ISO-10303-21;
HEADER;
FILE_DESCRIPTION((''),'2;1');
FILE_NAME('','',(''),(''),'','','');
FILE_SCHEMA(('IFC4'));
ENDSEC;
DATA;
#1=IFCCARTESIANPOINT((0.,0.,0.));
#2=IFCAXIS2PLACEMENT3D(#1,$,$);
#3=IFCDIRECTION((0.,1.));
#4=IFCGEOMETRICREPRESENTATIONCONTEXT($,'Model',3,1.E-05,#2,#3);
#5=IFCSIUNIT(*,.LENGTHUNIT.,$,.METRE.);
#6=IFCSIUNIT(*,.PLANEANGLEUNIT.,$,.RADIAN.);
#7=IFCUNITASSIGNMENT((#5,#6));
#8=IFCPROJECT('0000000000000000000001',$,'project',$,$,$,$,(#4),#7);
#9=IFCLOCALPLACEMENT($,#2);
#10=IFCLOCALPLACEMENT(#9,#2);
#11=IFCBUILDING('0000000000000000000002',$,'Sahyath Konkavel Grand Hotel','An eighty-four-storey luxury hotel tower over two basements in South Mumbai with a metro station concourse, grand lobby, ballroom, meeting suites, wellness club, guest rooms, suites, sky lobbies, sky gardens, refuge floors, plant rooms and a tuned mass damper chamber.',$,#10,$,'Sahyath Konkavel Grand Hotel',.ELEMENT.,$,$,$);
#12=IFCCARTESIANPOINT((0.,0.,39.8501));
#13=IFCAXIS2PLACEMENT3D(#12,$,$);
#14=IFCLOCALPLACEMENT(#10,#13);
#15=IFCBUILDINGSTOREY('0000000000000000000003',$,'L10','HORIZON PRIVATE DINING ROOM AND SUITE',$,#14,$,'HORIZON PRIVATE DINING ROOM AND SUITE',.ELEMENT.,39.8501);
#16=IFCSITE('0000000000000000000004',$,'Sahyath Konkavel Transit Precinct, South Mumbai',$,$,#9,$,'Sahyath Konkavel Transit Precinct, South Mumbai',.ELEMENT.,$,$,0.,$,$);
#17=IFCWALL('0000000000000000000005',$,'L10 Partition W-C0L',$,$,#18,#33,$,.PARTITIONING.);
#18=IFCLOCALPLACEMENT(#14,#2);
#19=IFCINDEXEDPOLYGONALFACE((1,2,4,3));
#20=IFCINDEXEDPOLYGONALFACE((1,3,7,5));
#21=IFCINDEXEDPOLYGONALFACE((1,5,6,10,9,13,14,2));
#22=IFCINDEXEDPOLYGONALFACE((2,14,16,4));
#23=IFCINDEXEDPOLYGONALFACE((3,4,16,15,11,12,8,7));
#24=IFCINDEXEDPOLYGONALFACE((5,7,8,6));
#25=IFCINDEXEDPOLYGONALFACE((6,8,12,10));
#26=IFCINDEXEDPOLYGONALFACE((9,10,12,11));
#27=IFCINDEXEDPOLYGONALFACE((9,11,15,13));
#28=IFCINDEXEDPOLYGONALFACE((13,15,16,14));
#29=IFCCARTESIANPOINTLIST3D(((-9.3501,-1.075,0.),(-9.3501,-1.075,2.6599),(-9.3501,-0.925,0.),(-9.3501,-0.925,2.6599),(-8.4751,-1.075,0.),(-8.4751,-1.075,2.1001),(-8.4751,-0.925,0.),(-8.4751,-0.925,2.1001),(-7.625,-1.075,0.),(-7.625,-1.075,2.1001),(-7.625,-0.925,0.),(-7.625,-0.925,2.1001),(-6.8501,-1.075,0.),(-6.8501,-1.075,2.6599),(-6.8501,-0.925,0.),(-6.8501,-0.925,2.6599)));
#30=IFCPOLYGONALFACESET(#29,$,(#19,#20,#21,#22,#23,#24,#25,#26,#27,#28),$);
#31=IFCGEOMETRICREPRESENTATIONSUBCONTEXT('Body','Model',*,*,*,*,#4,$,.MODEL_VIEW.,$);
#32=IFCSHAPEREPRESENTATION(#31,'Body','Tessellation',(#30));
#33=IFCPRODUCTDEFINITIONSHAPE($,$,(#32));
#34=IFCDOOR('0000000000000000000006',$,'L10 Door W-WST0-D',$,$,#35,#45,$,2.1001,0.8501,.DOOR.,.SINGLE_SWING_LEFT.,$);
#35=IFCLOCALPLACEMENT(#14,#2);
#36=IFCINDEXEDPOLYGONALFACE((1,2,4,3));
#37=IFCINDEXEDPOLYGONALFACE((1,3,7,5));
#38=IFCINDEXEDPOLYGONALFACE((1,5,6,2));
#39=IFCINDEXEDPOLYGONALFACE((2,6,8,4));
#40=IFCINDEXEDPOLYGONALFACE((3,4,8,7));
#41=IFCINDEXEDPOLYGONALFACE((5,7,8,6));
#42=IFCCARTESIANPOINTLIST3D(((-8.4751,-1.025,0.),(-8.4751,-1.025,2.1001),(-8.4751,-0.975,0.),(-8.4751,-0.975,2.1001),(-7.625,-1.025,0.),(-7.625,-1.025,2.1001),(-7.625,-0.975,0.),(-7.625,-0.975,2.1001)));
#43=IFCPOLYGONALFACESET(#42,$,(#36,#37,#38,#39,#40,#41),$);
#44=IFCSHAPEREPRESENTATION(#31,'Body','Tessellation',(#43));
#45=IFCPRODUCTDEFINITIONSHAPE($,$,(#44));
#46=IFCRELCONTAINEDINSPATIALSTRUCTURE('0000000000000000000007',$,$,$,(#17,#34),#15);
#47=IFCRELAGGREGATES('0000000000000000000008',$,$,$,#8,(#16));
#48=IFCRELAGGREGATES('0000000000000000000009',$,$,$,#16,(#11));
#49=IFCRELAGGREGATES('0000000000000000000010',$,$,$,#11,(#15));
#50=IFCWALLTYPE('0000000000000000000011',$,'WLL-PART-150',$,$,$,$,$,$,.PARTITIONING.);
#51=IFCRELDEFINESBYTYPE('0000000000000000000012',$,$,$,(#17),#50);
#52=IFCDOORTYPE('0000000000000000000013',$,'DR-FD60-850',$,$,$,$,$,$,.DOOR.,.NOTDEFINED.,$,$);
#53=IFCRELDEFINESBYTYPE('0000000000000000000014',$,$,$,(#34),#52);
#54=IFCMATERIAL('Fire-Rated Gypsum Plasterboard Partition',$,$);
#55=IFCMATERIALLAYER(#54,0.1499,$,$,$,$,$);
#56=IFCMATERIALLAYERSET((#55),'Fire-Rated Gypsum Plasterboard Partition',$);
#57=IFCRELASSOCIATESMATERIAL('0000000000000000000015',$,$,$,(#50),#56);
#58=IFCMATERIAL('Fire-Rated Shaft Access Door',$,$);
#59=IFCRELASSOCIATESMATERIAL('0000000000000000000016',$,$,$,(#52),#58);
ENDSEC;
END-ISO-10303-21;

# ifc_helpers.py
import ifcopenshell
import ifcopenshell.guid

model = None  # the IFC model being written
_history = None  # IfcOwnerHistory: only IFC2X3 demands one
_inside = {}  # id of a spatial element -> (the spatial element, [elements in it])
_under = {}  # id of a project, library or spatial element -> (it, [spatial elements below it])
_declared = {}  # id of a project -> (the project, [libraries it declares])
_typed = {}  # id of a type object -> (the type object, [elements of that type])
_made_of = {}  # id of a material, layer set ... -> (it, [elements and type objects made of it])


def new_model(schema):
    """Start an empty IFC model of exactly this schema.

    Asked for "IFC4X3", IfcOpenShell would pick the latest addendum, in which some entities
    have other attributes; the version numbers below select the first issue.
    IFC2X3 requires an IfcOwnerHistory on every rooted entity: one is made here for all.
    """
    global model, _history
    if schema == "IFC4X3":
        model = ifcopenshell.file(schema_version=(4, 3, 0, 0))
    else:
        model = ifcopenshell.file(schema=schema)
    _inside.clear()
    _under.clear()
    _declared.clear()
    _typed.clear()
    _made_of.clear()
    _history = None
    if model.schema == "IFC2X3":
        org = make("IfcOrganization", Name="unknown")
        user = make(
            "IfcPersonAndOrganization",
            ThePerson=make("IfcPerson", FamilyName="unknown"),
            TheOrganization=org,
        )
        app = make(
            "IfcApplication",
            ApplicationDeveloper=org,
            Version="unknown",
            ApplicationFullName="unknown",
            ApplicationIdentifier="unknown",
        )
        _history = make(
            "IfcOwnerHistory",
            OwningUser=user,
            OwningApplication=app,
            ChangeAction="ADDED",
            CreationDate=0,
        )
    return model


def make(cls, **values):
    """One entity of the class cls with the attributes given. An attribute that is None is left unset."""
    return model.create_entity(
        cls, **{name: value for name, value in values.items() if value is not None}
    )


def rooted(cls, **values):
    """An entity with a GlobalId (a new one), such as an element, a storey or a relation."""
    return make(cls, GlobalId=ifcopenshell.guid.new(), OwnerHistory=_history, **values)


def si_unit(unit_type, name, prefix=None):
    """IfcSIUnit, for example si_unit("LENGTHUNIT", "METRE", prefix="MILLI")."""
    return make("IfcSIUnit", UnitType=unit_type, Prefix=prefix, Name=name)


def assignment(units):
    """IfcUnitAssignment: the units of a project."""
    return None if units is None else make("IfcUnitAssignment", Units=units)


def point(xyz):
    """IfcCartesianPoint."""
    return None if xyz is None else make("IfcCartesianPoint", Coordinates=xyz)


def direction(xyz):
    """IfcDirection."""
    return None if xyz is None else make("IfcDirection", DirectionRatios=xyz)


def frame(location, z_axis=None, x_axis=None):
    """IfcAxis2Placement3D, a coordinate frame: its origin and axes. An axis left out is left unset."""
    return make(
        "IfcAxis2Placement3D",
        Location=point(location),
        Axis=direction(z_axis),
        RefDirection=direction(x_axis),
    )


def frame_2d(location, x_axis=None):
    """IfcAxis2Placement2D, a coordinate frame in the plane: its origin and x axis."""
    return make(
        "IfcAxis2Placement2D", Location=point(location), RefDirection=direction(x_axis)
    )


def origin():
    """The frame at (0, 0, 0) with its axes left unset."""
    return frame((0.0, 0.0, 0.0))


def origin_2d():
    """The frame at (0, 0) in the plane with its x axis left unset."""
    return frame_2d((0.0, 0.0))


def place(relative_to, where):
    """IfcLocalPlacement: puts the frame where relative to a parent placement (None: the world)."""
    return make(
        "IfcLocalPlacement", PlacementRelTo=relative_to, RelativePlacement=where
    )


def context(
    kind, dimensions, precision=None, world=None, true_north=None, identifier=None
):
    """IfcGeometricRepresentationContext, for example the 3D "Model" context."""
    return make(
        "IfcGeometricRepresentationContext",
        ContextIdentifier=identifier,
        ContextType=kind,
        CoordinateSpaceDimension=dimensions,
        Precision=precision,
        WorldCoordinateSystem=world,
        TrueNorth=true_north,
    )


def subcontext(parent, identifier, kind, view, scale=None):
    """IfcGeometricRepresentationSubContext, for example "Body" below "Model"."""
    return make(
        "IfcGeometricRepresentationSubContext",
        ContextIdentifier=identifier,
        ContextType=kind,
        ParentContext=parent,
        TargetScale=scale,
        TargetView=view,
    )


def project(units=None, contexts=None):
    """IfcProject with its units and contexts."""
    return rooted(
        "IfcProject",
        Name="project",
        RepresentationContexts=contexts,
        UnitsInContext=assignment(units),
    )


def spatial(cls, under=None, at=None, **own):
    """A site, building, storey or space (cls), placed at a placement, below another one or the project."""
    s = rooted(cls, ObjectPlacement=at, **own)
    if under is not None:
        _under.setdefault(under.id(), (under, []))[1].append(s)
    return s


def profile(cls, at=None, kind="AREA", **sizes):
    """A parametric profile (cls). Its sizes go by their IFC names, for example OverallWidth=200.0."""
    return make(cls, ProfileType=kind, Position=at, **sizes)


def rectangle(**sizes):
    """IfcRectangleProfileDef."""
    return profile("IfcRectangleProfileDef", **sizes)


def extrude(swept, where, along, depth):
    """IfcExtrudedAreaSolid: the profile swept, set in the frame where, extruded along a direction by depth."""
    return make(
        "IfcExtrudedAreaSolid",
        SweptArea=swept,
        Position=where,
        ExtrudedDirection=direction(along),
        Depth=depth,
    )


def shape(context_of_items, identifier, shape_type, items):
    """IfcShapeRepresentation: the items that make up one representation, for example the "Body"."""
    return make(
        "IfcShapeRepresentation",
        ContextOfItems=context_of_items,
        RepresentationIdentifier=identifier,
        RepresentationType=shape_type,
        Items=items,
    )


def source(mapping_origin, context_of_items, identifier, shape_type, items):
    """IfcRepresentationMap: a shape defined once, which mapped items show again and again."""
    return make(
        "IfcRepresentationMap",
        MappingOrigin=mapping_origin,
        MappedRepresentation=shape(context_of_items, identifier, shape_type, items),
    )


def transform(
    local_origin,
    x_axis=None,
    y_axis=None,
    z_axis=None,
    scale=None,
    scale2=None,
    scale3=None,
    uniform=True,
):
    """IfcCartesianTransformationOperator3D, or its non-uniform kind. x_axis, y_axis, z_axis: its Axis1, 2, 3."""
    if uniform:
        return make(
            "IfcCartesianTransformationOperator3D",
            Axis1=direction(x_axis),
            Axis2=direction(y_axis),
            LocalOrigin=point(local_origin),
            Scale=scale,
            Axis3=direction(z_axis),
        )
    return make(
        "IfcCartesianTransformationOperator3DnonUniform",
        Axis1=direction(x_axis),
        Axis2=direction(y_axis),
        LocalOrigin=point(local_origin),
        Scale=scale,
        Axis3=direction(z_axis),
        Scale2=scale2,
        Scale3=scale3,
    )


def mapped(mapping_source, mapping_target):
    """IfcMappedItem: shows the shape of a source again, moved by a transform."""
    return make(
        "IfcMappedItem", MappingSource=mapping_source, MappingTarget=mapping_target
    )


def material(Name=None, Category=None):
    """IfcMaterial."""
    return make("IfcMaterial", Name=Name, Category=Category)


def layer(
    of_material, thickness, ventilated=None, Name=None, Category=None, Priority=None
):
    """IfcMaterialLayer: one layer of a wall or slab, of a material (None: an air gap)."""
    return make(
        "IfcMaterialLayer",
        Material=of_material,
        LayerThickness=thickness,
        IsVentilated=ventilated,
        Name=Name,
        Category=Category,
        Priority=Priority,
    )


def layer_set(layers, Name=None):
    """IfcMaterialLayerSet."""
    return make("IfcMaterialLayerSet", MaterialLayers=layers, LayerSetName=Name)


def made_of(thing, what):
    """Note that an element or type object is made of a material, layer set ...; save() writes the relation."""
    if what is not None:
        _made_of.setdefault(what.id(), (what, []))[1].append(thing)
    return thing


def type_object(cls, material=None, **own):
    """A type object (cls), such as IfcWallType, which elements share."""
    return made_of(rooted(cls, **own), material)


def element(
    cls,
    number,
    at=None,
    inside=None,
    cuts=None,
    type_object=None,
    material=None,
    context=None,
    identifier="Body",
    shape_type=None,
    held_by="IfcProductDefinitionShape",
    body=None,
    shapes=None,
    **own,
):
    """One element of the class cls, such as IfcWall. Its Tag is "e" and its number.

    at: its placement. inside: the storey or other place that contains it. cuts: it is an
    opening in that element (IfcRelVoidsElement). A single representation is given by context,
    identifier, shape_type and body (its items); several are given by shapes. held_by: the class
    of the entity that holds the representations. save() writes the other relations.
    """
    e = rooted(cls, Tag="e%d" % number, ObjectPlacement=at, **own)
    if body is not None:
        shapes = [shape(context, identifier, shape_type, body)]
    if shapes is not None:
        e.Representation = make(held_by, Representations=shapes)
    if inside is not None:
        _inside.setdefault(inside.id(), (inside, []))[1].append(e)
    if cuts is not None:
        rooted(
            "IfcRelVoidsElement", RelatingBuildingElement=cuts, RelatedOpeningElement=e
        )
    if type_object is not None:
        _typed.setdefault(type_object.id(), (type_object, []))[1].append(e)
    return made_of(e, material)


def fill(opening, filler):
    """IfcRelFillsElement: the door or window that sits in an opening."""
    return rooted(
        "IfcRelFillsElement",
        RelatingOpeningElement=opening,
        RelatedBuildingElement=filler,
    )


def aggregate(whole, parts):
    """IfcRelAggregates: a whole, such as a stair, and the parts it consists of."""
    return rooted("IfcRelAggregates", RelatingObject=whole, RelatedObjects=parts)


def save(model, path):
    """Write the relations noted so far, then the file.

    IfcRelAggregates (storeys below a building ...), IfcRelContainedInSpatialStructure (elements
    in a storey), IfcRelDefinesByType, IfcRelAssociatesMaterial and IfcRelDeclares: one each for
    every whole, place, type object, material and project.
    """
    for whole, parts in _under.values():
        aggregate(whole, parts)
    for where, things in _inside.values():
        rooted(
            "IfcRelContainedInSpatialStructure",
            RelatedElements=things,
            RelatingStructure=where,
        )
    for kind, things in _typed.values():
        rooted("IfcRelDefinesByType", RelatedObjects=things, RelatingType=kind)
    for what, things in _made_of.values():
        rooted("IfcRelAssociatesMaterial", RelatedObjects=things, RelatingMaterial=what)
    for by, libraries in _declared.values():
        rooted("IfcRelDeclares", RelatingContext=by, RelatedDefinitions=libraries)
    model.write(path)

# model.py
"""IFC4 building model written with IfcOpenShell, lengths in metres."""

from ifc_helpers import new_model, si_unit, direction, frame, frame_2d, origin, origin_2d, place, context, subcontext, project, spatial, rectangle, extrude, source, transform, mapped, material, layer, layer_set, type_object, element, fill, save


model = new_model("IFC4")

# Units and contexts
model_context = context("Model", 3, precision=1e-05, world=origin(), true_north=direction((0.0, 1.0)))
body_context = subcontext(model_context, "Body", "Model", "MODEL_VIEW")
ifc_project = project(units=[si_unit("LENGTHUNIT", "METRE"), si_unit("PLANEANGLEUNIT", "RADIAN")], contexts=[model_context])

# Site, building, storey
site_placement = place(None, origin())
site = spatial("IfcSite", under=ifc_project, at=site_placement, Name="Sahyath Konkavel Transit Precinct, South Mumbai", LongName="Sahyath Konkavel Transit Precinct, South Mumbai", CompositionType="ELEMENT", RefElevation=0.0)
building_placement = place(site_placement, origin())
building = spatial("IfcBuilding", under=site, at=building_placement, Name="Sahyath Konkavel Grand Hotel", Description="An eighty-four-storey luxury hotel tower over two basements in South Mumbai with a metro station concourse, grand lobby, ballroom, meeting suites, wellness club, guest rooms, suites, sky lobbies, sky gardens, refuge floors, plant rooms and a tuned mass damper chamber.", LongName="Sahyath Konkavel Grand Hotel", CompositionType="ELEMENT")
storey_placement = place(building_placement, frame((0.0, 0.0, 39.8501)))
storey = spatial("IfcBuildingStorey", under=building, at=storey_placement, Name="L10", Description="HORIZON PRIVATE DINING ROOM AND SUITE", LongName="HORIZON PRIVATE DINING ROOM AND SUITE", CompositionType="ELEMENT", Elevation=39.8501)

# Shared definitions
ifc_material_1 = material(Name="Fire-Rated Gypsum Plasterboard Partition")
ifc_layer_1 = layer(ifc_material_1, 0.1499)
ifc_layer_set_1 = layer_set([ifc_layer_1], Name="Fire-Rated Gypsum Plasterboard Partition")
wall_type_1 = type_object("IfcWallType", Name="WLL-PART-150", PredefinedType="PARTITIONING", material=ifc_layer_set_1)

# Shared definitions
ifc_material_2 = material(Name="Fire-Rated Shaft Access Door")
door_type_1 = type_object("IfcDoorType", Name="DR-FD60-850", OperationType="NOTDEFINED", PredefinedType="DOOR", material=ifc_material_2)
shared_shape_1 = source(origin(), body_context, "Body", "SweptSolid", [
    extrude(rectangle(XDim=0.8501, YDim=0.05, at=origin_2d()), origin(), (0.0, 0.0, 1.0), 2.1001),
])

# Wall, opening, door
wall_1_placement = place(storey_placement, frame((-6.8501, -1.0, 0.0), z_axis=(0.0, 0.0, 1.0), x_axis=(-1.0, 0.0, 0.0)))
wall_1 = element("IfcWall", 1, at=wall_1_placement, inside=storey, type_object=wall_type_1, Name="L10 Partition W-C0L", PredefinedType="PARTITIONING", context=body_context, shape_type="SweptSolid", body=[
    extrude(rectangle(XDim=2.5, YDim=0.1499, at=frame_2d((1.25, 0.0))), origin(), (0.0, 0.0, 1.0), 2.6599),
])
opening_1_placement = place(wall_1_placement, frame((0.7749, 0.0, 0.0)))
opening_1 = element("IfcOpeningElement", 2, at=opening_1_placement, cuts=wall_1, PredefinedType="OPENING", context=body_context, shape_type="SweptSolid", body=[
    extrude(rectangle(XDim=0.8501, YDim=2.1001, at=frame_2d((0.425, 1.05))), frame((0.0, 0.085, 0.0), z_axis=(0.0, -1.0, 0.0), x_axis=(1.0, 0.0, 0.0)), (0.0, 0.0, 1.0), 0.1699),
])
door_1_placement = place(opening_1_placement, frame((0.425, 0.0, 0.0)))
door_1 = element("IfcDoor", 3, at=door_1_placement, inside=storey, type_object=door_type_1, Name="L10 Door W-WST0-D", OperationType="SINGLE_SWING_LEFT", OverallHeight=2.1001, OverallWidth=0.8501, PredefinedType="DOOR", context=body_context, shape_type="MappedRepresentation", body=[
    mapped(shared_shape_1, transform((0.0, 0.0, 0.0), scale=1.0)),
])
fill(opening_1, door_1)

save(model, "model.ifc")
